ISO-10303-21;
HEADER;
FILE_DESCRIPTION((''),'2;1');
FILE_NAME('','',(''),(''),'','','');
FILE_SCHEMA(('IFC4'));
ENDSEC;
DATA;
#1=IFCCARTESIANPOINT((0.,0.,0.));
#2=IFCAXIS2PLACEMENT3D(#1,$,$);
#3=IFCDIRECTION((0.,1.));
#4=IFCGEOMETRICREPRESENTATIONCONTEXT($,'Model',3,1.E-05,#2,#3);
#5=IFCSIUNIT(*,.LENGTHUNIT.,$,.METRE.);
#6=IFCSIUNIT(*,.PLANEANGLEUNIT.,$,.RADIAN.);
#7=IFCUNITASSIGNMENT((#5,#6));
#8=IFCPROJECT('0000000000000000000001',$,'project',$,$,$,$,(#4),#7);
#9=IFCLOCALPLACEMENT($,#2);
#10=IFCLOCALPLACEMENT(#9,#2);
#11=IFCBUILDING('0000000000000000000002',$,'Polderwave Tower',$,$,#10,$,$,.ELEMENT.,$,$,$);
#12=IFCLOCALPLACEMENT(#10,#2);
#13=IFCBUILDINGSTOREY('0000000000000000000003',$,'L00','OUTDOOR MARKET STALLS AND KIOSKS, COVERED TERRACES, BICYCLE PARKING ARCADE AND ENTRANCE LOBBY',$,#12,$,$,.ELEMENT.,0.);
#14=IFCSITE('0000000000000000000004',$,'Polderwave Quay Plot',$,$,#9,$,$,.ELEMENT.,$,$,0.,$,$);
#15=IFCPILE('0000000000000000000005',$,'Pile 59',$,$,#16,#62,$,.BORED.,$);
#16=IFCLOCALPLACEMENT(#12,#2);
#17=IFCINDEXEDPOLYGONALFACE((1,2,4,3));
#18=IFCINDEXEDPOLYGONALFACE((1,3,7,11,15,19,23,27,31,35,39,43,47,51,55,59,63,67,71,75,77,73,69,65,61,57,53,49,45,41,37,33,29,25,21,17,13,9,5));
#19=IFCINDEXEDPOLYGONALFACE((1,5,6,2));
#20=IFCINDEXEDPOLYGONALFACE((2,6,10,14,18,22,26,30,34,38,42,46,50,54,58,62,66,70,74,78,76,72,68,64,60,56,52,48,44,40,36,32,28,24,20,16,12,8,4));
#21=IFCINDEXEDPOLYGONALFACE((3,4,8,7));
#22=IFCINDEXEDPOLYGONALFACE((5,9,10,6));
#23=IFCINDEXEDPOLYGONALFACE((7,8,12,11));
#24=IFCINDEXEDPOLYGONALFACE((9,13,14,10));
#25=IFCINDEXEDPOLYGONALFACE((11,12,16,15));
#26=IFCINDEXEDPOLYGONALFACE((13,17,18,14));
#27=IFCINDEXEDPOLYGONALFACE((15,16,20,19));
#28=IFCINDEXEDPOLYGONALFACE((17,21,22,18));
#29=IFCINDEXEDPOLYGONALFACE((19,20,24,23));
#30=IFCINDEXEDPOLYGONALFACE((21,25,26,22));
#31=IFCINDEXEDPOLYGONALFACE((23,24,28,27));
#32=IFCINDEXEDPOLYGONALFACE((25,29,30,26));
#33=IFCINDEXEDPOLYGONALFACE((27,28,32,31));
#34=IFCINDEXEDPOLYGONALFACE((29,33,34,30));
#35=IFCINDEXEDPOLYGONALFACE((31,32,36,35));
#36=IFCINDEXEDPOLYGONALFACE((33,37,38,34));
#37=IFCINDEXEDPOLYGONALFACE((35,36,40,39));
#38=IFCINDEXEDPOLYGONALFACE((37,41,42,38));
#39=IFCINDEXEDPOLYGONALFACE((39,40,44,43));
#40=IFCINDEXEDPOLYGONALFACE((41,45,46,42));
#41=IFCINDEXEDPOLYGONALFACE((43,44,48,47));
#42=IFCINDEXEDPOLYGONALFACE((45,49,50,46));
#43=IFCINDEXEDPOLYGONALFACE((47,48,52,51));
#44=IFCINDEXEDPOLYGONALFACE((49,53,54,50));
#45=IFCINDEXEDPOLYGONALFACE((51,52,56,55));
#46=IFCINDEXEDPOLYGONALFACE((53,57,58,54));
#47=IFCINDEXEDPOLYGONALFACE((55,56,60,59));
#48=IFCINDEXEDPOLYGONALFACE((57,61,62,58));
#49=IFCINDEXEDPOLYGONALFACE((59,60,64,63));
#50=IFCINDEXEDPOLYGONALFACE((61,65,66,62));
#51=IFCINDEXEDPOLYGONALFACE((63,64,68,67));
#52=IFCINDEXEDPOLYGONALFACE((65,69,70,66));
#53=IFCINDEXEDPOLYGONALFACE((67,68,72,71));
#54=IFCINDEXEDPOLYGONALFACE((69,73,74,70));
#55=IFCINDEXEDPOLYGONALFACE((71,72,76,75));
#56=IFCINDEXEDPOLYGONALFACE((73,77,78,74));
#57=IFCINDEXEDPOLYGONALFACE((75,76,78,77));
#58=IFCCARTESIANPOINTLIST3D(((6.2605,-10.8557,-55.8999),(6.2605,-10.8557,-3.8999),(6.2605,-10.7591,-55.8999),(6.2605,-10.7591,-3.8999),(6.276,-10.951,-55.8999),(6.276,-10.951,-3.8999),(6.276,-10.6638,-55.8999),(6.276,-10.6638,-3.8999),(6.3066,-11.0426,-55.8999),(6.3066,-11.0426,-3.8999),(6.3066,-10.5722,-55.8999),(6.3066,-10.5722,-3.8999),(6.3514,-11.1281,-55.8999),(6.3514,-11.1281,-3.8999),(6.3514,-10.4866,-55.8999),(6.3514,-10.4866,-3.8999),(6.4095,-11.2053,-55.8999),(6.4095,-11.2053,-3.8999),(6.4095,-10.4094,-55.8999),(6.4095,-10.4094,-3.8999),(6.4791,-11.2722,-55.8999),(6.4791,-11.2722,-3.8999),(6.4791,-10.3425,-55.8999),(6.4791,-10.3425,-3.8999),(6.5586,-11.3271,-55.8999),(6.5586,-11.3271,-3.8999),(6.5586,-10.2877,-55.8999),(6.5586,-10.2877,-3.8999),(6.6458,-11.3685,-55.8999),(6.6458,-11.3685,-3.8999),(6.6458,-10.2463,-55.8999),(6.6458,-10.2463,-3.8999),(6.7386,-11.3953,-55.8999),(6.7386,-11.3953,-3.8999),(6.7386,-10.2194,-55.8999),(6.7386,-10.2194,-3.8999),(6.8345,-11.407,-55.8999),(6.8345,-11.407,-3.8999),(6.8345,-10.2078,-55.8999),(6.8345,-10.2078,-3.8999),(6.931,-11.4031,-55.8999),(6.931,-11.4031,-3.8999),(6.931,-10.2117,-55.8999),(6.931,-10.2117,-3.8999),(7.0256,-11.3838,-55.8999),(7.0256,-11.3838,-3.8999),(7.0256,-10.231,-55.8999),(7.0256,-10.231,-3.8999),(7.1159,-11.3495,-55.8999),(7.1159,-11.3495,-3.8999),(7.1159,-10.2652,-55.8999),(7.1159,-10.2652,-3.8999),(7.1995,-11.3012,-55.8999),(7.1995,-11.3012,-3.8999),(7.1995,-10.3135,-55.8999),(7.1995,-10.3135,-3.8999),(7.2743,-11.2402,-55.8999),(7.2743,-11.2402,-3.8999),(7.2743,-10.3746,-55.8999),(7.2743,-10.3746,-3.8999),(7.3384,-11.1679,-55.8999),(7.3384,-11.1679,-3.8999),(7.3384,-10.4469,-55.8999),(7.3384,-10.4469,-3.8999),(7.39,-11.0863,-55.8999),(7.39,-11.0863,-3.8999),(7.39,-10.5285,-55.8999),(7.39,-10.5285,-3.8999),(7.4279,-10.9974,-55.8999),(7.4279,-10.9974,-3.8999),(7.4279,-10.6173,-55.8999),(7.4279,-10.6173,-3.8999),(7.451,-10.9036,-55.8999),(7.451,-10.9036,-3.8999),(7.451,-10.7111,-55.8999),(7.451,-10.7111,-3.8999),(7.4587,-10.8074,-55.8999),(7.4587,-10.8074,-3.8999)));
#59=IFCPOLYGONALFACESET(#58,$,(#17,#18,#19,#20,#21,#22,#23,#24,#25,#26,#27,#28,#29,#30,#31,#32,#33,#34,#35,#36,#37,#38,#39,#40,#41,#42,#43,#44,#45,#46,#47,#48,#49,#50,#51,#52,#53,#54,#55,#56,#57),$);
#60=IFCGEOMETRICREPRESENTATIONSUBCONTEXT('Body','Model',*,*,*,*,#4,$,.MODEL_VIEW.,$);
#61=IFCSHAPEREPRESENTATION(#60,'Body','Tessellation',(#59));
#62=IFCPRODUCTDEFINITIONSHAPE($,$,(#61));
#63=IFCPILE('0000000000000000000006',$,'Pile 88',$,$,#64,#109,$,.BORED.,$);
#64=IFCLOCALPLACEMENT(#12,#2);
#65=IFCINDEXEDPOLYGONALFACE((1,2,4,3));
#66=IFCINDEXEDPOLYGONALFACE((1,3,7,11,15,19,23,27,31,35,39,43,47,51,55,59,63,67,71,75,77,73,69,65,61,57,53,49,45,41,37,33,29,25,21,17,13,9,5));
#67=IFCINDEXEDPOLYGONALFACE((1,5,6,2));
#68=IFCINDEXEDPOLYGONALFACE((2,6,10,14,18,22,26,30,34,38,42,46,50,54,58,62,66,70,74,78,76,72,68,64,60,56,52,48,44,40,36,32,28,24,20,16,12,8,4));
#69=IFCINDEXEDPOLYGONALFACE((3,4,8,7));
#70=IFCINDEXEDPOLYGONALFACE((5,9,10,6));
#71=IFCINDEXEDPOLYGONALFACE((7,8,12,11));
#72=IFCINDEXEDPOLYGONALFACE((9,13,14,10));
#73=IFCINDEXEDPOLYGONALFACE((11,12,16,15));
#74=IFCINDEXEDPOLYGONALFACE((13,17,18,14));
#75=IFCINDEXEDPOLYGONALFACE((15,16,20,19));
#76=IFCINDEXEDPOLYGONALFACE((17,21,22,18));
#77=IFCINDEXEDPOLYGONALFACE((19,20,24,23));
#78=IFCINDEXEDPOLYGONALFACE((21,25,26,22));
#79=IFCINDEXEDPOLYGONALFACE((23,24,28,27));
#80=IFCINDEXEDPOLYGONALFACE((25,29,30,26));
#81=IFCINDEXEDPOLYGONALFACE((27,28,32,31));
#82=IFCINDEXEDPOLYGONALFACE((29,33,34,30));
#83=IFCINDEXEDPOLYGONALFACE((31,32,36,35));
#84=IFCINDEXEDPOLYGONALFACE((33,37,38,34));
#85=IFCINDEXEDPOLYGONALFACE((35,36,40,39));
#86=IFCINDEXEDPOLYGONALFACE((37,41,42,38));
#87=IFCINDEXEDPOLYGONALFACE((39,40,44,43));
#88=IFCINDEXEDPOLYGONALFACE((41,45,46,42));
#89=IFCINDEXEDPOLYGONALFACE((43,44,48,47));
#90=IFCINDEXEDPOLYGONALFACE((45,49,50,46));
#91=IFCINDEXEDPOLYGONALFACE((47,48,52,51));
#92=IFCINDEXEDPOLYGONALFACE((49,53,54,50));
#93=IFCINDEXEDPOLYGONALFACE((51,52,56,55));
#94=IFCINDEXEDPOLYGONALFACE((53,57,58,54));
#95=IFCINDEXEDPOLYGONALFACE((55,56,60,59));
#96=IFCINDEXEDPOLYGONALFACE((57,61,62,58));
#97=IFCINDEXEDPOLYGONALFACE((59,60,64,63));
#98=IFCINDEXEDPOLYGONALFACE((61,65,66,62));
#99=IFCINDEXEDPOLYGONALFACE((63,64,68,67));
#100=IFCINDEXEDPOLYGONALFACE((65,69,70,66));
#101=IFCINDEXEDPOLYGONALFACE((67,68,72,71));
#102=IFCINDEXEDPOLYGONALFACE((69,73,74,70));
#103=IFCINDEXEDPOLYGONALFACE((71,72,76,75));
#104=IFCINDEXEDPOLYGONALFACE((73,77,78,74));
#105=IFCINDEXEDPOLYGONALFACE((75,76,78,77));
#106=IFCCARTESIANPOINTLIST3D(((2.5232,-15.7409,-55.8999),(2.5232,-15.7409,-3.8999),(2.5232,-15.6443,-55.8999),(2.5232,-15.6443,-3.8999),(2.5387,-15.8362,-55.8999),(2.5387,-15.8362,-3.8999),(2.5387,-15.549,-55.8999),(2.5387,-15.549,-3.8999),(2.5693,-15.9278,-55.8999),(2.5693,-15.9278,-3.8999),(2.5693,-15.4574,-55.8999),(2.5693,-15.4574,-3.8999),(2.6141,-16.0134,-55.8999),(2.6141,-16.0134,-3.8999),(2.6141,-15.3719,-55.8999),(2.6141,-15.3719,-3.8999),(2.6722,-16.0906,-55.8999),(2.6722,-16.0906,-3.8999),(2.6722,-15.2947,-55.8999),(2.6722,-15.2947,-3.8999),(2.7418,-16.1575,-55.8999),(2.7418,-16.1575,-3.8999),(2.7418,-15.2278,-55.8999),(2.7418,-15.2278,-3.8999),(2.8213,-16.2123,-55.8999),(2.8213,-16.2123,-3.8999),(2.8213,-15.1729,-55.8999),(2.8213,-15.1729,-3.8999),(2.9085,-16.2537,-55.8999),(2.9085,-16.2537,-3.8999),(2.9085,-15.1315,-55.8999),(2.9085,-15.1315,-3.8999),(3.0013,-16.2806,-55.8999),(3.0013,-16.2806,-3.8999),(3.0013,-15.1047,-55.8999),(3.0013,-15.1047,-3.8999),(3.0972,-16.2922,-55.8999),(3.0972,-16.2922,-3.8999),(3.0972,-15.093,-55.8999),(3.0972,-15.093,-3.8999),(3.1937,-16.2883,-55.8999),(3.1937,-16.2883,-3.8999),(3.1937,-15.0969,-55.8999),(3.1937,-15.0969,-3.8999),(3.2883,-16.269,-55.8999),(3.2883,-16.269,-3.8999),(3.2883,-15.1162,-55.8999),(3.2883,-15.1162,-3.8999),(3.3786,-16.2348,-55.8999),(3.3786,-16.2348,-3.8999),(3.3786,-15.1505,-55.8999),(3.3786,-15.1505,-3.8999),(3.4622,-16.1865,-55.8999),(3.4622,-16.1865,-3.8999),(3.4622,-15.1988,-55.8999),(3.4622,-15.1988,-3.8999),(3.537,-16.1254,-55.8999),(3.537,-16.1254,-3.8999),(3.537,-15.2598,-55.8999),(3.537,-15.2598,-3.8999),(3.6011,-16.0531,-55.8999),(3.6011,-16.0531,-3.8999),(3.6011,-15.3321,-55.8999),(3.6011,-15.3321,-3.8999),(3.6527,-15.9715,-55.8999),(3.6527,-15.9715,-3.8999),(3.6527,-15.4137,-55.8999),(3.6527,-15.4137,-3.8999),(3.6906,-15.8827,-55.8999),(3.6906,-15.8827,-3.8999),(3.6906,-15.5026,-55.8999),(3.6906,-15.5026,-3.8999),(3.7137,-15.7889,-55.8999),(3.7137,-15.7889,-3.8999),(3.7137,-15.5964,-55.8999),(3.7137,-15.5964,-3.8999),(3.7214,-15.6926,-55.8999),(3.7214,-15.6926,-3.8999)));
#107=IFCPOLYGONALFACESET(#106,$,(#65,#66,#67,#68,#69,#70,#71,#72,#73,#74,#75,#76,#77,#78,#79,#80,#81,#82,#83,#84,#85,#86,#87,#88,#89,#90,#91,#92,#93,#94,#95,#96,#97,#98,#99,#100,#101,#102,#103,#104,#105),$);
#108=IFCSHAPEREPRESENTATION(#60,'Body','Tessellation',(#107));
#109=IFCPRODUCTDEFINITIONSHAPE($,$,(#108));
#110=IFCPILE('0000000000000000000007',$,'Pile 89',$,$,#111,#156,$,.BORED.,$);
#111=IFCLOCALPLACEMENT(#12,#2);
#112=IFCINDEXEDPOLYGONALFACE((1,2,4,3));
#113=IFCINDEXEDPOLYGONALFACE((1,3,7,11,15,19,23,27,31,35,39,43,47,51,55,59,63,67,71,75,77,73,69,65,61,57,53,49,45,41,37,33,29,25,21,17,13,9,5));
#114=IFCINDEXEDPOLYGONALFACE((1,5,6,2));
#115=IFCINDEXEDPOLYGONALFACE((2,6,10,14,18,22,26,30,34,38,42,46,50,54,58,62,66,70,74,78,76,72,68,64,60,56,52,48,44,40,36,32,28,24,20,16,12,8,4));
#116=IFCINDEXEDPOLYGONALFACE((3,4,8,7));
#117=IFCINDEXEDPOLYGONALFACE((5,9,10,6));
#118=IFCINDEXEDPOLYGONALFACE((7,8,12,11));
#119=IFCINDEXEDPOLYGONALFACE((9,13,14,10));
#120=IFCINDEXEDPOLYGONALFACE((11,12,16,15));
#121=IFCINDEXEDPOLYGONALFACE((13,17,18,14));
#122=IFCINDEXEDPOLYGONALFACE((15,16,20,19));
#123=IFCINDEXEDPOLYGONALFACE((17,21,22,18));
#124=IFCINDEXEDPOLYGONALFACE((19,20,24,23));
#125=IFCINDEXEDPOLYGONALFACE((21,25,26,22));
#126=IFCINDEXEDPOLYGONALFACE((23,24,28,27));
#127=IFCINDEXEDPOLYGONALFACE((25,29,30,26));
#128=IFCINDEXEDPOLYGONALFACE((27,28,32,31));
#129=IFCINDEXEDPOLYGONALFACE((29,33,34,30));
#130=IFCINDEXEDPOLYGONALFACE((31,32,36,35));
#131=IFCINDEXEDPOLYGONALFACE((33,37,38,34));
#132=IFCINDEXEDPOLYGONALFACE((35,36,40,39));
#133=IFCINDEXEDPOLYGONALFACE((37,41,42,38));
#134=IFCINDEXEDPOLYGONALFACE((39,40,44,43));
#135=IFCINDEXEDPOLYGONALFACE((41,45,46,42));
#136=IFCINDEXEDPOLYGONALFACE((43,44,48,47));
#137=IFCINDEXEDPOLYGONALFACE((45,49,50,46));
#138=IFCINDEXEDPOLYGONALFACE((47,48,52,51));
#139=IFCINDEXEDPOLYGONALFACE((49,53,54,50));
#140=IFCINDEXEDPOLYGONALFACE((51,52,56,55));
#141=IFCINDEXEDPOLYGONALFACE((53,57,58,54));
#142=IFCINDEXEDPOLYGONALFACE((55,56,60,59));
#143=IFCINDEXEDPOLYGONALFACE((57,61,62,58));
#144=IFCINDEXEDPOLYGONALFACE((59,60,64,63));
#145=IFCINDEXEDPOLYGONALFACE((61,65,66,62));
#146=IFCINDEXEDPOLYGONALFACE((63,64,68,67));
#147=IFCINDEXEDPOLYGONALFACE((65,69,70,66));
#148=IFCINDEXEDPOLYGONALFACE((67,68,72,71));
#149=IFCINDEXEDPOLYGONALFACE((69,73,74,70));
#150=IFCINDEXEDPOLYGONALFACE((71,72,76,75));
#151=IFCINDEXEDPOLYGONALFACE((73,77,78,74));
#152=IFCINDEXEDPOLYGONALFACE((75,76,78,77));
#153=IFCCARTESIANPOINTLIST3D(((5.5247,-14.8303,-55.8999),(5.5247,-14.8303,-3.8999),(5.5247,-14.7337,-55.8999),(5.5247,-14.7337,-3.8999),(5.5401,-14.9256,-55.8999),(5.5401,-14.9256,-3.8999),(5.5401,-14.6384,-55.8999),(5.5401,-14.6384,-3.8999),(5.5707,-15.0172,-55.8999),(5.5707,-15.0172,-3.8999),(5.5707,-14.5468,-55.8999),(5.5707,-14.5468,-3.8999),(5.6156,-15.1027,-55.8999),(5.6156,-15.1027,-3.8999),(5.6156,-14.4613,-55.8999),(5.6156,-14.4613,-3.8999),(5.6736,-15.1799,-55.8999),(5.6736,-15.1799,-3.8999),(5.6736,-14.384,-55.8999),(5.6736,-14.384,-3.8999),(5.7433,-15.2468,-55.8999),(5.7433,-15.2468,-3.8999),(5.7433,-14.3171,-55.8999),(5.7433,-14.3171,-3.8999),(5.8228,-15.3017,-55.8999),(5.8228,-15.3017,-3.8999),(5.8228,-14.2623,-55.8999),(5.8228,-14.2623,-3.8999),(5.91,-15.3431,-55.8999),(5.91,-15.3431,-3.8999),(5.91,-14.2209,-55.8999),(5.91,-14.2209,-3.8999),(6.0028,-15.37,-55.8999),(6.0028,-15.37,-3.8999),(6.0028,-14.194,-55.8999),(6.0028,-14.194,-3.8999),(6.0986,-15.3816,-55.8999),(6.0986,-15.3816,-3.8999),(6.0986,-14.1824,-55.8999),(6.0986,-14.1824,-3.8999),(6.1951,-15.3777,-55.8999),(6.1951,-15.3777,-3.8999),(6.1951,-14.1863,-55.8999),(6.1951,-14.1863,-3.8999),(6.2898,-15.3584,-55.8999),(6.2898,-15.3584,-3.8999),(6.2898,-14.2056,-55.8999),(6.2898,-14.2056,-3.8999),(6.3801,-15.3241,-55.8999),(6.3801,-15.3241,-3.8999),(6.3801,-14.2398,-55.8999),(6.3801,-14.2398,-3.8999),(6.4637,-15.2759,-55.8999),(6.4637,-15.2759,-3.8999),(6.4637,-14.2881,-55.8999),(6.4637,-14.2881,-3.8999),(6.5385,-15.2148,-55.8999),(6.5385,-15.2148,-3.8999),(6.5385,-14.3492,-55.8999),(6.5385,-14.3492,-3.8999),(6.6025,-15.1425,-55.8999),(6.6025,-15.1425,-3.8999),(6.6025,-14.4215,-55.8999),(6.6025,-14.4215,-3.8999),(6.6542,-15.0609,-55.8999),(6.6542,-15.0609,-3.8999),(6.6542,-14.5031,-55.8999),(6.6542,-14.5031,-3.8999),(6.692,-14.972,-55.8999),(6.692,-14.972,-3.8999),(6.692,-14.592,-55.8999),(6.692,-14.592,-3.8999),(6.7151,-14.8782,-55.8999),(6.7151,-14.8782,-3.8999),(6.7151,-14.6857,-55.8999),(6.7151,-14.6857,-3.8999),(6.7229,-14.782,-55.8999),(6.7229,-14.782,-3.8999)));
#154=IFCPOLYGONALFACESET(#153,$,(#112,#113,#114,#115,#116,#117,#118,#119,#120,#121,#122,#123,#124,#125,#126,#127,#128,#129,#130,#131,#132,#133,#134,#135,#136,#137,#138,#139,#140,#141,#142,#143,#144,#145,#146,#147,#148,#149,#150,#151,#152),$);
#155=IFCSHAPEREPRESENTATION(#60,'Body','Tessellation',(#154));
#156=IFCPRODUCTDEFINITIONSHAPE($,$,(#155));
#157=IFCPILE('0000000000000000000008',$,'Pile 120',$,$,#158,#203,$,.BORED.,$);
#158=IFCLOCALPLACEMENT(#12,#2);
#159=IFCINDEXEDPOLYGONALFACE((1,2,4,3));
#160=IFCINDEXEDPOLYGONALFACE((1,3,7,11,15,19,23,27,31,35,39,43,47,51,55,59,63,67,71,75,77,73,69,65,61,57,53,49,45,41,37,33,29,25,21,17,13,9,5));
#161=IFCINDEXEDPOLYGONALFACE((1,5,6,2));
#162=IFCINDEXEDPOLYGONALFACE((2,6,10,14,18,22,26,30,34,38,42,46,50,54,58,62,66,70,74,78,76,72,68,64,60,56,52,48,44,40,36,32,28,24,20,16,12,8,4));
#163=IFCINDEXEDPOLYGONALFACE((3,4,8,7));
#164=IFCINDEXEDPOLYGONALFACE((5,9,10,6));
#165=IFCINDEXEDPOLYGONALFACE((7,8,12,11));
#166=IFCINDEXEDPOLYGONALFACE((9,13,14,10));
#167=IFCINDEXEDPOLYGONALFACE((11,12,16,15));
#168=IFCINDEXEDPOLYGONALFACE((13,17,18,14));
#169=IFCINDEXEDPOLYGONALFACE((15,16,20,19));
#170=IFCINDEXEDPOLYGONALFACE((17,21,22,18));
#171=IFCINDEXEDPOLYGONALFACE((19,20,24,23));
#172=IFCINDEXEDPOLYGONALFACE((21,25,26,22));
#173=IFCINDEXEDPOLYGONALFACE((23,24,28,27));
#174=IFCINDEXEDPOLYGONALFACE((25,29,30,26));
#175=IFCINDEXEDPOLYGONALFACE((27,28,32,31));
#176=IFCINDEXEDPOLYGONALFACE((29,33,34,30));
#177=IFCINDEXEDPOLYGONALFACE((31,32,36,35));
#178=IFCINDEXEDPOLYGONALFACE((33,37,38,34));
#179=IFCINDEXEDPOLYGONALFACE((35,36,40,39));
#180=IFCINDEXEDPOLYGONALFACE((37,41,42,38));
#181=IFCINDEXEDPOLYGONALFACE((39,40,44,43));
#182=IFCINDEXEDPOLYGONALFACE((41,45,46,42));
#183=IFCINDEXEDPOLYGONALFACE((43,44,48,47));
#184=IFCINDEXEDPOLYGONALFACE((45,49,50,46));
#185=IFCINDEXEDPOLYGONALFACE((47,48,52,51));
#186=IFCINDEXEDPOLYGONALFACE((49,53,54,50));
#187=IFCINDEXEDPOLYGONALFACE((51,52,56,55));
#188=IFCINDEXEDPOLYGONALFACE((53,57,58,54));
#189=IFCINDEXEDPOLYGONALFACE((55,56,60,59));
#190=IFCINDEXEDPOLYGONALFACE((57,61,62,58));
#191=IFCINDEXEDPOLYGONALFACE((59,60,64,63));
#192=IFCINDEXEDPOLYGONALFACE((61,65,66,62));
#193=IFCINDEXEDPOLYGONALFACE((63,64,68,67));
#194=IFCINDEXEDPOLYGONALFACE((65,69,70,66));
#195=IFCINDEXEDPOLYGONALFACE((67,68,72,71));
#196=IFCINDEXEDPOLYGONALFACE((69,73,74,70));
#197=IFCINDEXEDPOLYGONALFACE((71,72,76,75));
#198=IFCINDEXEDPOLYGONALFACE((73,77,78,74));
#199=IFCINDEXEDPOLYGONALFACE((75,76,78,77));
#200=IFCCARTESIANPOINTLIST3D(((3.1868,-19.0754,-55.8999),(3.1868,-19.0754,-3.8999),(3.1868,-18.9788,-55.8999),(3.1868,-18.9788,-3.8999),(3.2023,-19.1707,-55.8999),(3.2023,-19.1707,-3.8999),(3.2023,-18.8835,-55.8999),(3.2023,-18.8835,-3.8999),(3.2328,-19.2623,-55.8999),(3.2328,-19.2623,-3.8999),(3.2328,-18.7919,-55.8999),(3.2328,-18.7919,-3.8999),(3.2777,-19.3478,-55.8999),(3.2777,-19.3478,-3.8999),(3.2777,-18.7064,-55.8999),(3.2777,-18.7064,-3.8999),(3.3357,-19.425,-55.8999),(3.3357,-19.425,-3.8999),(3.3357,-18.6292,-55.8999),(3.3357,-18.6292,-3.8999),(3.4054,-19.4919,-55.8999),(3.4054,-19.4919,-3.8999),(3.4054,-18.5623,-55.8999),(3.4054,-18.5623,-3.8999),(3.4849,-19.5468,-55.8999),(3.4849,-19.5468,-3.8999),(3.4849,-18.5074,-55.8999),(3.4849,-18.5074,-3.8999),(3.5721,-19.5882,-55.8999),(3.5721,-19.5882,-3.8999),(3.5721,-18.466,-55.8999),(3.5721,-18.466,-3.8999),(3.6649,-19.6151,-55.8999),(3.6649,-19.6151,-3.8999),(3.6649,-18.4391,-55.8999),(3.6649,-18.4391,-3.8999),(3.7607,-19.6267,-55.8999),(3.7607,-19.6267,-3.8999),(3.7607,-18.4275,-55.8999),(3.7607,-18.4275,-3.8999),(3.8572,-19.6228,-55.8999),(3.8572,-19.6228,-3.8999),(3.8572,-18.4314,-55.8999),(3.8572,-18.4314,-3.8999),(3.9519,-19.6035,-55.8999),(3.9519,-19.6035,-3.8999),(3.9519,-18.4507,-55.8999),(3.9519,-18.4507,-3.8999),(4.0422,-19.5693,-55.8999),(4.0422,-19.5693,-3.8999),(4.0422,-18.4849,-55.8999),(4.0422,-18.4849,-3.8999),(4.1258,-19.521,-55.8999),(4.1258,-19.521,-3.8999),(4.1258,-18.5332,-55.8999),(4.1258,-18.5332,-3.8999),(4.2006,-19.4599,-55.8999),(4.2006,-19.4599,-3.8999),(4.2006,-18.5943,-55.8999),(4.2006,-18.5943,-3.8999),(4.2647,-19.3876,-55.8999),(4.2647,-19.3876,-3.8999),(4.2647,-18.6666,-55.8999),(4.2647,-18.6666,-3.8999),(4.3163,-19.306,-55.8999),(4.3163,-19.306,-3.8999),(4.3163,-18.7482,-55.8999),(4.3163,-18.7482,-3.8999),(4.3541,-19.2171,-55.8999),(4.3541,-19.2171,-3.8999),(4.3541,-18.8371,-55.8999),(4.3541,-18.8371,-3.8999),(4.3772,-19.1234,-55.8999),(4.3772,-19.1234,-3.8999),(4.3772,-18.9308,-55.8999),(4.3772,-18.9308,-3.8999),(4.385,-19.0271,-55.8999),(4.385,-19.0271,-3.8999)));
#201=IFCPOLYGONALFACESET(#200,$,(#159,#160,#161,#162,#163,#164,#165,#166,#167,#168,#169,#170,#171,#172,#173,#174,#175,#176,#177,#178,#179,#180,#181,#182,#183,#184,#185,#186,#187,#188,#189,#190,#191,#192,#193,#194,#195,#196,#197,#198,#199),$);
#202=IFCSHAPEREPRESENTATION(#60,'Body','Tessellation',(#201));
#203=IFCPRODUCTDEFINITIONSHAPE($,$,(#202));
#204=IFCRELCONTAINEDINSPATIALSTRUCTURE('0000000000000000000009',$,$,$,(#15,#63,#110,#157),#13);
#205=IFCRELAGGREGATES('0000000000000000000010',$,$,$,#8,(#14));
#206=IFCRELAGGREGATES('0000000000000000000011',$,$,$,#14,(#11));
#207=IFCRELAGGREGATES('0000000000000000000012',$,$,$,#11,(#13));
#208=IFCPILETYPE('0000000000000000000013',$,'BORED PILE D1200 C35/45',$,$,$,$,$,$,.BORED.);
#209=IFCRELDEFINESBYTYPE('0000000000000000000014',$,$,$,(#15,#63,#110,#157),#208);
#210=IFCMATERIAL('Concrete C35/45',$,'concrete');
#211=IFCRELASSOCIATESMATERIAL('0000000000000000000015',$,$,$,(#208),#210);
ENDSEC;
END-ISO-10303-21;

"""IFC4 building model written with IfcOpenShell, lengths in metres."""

from ifc_helpers import new_model, si_unit, direction, frame, origin, origin_2d, place, context, subcontext, project, spatial, circle, extrude, material, material_profile, profile_set, type_object, element, save


model = new_model("IFC4")

# Units and contexts
model_context = context("Model", 3, precision=1e-05, world=origin(), true_north=direction((0.0, 1.0)))
body_context = subcontext(model_context, "Body", "Model", "MODEL_VIEW")
ifc_project = project(units=[si_unit("LENGTHUNIT", "METRE"), si_unit("PLANEANGLEUNIT", "RADIAN")], contexts=[model_context])

# Site, building, storey
site_placement = place(None, origin())
site = spatial("IfcSite", under=ifc_project, at=site_placement, Name="Polderwave Quay Plot", CompositionType="ELEMENT", RefElevation=0.0)
building_placement = place(site_placement, origin())
building = spatial("IfcBuilding", under=site, at=building_placement, Name="Polderwave Tower", CompositionType="ELEMENT")
storey_placement = place(building_placement, origin())
storey = spatial("IfcBuildingStorey", under=building, at=storey_placement, Name="L00", Description="OUTDOOR MARKET STALLS AND KIOSKS, COVERED TERRACES, BICYCLE PARKING ARCADE AND ENTRANCE LOBBY", CompositionType="ELEMENT", Elevation=0.0)

# Piles
ifc_material_1 = material(Name="Concrete C35/45", Category="concrete")
ifc_material_profile_1 = material_profile(ifc_material_1, circle(Radius=0.6001, at=origin_2d()), Name="BORED D1200")
ifc_profile_set_1 = profile_set([ifc_material_profile_1], Name="Concrete C35/45")
pile_type = type_object("IfcPileType", Name="BORED PILE D1200 C35/45", PredefinedType="BORED", material=ifc_profile_set_1)
for number, where, z_axis, x_axis, name in (
    (1, (6.8586, -10.8074, -3.8999), (0.0, 0.0, -1.0), (1.0, 0.0, 0.0), "Pile 59"),
    (2, (3.1213, -15.6926, -3.8999), (0.0, 0.0, -1.0), (1.0, 0.0, 0.0), "Pile 88"),
    (3, (6.1228, -14.782, -3.8999), (0.0, 0.0, -1.0), (1.0, 0.0, 0.0), "Pile 89"),
    (4, (3.7849, -19.0271, -3.8999), (0.0, 0.0, -1.0), (1.0, 0.0, 0.0), "Pile 120"),
):
    element("IfcPile", number, at=place(storey_placement, frame(where, z_axis=z_axis, x_axis=x_axis)), inside=storey, type_object=pile_type, Name=name, PredefinedType="BORED", context=body_context, shape_type="SweptSolid", body=[
        extrude(circle(Radius=0.6001, at=origin_2d()), origin(), (0.0, 0.0, 1.0), 52.0),
    ])

save(model, "model.ifc")
